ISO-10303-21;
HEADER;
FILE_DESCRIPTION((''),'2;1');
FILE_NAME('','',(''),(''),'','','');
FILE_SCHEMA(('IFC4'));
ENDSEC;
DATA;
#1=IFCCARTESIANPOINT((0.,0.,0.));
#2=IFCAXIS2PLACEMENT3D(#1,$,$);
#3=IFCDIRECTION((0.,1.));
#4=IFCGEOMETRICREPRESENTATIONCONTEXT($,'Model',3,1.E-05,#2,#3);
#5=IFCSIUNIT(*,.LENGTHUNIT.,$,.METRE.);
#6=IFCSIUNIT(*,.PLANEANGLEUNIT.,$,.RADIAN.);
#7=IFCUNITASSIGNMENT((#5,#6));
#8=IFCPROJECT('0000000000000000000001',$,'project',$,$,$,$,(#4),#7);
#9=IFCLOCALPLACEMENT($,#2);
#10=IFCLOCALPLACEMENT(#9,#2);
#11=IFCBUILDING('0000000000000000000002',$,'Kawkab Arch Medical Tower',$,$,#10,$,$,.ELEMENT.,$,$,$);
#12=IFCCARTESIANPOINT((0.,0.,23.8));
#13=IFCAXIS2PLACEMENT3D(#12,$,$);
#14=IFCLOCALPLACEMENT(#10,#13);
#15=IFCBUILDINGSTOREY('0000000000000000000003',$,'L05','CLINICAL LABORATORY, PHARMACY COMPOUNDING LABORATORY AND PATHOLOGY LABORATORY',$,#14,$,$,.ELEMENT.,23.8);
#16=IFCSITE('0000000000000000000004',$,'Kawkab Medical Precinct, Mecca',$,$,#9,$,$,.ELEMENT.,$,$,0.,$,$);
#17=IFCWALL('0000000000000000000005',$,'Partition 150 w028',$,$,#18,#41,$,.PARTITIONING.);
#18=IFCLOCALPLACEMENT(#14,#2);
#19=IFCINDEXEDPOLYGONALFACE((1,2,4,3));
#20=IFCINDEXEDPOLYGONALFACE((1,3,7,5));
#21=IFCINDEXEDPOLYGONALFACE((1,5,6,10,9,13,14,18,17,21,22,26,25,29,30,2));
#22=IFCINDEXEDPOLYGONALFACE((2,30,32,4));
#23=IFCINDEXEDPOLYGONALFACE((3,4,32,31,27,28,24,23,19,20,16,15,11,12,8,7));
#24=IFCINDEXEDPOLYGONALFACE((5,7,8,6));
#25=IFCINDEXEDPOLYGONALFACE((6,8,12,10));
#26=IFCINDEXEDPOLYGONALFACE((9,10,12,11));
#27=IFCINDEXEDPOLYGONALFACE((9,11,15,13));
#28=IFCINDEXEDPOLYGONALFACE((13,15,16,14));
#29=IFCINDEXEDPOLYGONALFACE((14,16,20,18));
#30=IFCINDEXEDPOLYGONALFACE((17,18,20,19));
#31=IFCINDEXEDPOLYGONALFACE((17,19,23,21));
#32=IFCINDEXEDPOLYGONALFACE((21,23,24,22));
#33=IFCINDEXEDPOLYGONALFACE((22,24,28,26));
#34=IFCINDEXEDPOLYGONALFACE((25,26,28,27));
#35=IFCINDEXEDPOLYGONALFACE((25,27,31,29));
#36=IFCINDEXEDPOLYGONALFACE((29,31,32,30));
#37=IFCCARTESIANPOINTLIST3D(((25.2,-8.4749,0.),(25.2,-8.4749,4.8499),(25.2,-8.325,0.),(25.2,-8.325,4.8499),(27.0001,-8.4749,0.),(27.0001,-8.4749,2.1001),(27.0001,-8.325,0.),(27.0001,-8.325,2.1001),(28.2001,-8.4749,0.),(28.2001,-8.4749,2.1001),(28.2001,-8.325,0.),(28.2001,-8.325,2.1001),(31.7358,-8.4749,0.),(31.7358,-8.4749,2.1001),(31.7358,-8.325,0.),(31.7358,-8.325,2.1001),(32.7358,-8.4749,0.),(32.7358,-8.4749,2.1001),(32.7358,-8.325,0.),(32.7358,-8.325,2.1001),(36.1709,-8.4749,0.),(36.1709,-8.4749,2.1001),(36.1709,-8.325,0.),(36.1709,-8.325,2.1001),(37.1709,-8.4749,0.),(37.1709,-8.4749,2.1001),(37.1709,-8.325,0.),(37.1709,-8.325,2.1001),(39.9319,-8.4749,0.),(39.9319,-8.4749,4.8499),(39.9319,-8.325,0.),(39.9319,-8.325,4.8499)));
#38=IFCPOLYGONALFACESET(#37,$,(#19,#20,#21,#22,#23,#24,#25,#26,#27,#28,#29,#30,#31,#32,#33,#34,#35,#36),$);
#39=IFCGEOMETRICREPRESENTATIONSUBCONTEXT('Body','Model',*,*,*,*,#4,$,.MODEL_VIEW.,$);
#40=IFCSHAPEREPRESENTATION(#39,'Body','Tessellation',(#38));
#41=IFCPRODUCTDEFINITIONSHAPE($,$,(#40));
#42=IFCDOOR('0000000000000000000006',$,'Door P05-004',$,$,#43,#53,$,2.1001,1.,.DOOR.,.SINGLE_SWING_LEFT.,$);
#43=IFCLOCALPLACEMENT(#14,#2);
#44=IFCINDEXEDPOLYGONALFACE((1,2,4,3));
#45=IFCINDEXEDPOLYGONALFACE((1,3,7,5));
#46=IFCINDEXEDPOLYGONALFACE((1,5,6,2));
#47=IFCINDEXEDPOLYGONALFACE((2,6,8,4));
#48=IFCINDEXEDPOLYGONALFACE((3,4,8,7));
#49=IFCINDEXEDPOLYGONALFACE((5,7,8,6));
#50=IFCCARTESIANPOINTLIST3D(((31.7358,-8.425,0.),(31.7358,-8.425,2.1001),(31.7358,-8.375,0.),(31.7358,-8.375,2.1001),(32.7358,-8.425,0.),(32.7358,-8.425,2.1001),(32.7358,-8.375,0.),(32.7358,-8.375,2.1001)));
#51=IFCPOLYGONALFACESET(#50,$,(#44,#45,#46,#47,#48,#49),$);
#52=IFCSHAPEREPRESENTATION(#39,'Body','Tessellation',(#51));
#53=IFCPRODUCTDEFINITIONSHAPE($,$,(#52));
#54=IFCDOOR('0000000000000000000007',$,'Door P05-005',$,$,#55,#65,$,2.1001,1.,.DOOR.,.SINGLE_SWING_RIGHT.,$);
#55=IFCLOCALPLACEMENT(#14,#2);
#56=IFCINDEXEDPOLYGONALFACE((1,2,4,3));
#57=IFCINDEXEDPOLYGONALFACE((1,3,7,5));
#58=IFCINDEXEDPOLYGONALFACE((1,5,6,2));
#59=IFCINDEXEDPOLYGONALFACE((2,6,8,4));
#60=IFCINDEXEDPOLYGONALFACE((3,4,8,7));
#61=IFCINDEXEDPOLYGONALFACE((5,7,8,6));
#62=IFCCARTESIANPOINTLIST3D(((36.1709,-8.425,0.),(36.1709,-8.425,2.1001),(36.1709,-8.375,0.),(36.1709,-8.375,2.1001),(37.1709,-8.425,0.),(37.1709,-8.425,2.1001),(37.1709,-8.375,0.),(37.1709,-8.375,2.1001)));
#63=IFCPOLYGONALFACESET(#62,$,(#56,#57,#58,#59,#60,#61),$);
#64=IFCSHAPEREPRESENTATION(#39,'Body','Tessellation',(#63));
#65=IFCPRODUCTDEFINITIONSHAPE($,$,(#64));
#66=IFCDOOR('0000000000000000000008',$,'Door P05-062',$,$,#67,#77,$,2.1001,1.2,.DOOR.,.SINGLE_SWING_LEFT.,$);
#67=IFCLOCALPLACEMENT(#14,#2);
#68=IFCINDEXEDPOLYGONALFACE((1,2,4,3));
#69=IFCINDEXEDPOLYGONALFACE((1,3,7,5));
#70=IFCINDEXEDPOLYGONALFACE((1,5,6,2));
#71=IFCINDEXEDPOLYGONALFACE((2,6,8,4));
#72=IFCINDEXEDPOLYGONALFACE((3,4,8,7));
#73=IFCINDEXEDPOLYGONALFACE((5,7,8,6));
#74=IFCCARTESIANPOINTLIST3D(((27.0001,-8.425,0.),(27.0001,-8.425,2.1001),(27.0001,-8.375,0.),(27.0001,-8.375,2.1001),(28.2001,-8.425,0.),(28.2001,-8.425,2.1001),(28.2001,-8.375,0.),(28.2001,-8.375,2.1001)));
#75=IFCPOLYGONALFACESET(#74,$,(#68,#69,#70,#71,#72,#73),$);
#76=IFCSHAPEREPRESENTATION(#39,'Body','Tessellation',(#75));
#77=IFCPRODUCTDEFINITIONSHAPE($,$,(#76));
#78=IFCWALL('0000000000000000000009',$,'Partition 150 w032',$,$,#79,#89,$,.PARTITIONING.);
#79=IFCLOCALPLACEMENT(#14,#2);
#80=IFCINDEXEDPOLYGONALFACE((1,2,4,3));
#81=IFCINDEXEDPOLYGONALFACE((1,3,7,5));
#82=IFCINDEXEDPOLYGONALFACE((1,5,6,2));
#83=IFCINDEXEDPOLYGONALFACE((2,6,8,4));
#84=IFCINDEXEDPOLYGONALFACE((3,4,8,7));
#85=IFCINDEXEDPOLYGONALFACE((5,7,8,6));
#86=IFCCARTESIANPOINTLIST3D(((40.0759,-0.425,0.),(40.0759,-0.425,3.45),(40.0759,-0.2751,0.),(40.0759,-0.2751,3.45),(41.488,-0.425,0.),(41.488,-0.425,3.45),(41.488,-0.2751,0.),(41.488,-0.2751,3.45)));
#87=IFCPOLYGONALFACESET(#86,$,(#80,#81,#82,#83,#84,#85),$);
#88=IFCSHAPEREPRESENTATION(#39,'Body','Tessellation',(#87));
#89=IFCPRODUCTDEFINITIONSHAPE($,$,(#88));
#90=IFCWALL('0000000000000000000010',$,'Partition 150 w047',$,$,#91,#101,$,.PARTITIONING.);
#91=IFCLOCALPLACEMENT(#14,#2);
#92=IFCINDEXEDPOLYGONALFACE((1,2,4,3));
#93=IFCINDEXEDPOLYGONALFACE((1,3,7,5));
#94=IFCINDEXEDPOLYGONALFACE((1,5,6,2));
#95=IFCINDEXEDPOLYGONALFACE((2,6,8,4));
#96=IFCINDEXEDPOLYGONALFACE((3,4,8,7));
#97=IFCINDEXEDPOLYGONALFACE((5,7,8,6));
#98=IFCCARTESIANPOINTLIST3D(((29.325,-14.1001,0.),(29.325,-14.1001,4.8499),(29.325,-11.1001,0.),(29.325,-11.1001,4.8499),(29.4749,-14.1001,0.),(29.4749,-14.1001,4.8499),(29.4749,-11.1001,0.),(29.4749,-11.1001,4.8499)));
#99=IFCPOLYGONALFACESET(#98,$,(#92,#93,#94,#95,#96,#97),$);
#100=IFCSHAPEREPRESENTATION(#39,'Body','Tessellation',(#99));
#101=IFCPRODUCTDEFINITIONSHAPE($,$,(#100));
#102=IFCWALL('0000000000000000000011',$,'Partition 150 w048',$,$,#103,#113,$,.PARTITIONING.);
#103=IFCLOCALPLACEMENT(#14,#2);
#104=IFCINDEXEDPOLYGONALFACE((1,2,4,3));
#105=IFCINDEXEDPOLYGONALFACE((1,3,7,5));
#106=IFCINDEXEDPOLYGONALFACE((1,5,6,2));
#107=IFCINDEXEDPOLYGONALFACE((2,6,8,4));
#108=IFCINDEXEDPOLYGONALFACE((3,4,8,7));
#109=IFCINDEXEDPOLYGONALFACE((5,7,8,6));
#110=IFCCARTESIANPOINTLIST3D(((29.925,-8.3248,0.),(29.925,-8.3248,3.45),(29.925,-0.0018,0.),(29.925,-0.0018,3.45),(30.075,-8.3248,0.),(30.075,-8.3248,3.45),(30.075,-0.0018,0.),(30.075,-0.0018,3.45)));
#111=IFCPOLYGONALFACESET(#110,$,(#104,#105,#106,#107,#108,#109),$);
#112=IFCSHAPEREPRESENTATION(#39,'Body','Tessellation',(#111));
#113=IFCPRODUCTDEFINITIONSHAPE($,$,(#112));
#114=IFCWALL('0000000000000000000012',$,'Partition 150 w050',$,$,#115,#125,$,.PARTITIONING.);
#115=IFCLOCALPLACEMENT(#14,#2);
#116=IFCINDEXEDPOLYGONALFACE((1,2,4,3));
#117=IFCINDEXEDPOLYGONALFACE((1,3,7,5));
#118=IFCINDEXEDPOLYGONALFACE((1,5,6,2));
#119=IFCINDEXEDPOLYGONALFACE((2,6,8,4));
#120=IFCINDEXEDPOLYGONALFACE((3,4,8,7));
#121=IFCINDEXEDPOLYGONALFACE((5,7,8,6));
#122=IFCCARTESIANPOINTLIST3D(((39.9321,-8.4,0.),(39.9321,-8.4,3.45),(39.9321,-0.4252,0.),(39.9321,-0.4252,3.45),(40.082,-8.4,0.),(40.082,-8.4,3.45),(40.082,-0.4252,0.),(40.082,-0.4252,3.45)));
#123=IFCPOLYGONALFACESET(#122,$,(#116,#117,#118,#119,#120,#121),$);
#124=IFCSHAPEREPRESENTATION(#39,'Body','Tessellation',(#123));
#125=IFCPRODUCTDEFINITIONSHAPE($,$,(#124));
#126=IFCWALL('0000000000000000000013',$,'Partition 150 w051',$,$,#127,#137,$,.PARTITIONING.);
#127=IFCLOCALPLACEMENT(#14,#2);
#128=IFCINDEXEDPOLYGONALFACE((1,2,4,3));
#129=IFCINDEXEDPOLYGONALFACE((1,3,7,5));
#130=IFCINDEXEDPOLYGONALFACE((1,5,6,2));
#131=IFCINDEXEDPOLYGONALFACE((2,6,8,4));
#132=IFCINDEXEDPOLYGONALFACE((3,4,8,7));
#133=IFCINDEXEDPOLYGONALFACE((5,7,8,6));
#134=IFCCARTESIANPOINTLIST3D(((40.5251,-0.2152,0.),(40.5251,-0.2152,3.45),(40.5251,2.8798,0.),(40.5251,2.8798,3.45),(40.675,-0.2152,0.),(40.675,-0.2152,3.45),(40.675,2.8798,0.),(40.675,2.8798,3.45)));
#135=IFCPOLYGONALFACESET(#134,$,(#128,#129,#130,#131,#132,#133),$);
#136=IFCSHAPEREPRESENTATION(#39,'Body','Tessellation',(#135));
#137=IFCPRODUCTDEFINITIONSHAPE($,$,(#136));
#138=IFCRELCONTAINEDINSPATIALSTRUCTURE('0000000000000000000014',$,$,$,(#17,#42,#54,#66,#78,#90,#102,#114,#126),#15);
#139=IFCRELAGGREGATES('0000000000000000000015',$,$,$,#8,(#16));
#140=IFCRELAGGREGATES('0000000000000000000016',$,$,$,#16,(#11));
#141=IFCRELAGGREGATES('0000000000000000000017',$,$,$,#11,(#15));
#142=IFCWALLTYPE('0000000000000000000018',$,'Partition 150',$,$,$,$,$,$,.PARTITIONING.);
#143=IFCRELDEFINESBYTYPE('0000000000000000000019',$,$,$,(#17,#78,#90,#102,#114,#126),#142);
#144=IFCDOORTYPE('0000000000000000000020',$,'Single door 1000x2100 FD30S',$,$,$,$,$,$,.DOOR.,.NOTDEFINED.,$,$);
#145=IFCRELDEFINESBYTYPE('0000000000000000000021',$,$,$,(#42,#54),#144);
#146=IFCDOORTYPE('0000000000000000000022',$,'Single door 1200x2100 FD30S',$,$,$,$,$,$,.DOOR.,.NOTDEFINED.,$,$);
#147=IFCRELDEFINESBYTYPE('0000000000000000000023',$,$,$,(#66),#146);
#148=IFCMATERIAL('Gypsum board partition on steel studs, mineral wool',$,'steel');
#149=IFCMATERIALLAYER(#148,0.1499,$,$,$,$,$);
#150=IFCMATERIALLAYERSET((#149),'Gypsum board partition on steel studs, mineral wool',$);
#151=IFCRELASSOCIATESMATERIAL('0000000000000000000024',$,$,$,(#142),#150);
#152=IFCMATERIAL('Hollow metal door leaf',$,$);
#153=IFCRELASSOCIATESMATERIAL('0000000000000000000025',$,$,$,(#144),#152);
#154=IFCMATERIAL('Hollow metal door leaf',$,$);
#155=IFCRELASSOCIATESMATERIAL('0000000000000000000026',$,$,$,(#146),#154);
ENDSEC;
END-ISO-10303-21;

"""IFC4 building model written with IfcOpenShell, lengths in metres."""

from ifc_helpers import new_model, si_unit, direction, frame, frame_2d, origin, place, context, subcontext, project, spatial, rectangle, extrude, material, layer, layer_set, type_object, element, fill, save


model = new_model("IFC4")

# Units and contexts
model_context = context("Model", 3, precision=1e-05, world=origin(), true_north=direction((0.0, 1.0)))
body_context = subcontext(model_context, "Body", "Model", "MODEL_VIEW")
ifc_project = project(units=[si_unit("LENGTHUNIT", "METRE"), si_unit("PLANEANGLEUNIT", "RADIAN")], contexts=[model_context])

# Site, building, storey
site_placement = place(None, origin())
site = spatial("IfcSite", under=ifc_project, at=site_placement, Name="Kawkab Medical Precinct, Mecca", CompositionType="ELEMENT", RefElevation=0.0)
building_placement = place(site_placement, origin())
building = spatial("IfcBuilding", under=site, at=building_placement, Name="Kawkab Arch Medical Tower", CompositionType="ELEMENT")
storey_placement = place(building_placement, frame((0.0, 0.0, 23.8)))
storey = spatial("IfcBuildingStorey", under=building, at=storey_placement, Name="L05", Description="CLINICAL LABORATORY, PHARMACY COMPOUNDING LABORATORY AND PATHOLOGY LABORATORY", CompositionType="ELEMENT", Elevation=23.8)

# Shared definitions
ifc_material_1 = material(Name="Gypsum board partition on steel studs, mineral wool", Category="steel")
ifc_layer = layer(ifc_material_1, 0.1499)
ifc_layer_set = layer_set([ifc_layer], Name="Gypsum board partition on steel studs, mineral wool")
wall_type = type_object("IfcWallType", Name="Partition 150", PredefinedType="PARTITIONING", material=ifc_layer_set)

# Wall, openings, doors
ifc_material_2 = material(Name="Hollow metal door leaf")
door_type_1 = type_object("IfcDoorType", Name="Single door 1000x2100 FD30S", OperationType="NOTDEFINED", PredefinedType="DOOR", material=ifc_material_2)
wall_1_placement = place(storey_placement, frame((25.2, -8.3999, 0.0), z_axis=(0.0, 0.0, 1.0), x_axis=(1.0, 0.0, 0.0)))
wall_1 = element("IfcWall", 1, at=wall_1_placement, inside=storey, type_object=wall_type, Name="Partition 150 w028", PredefinedType="PARTITIONING", context=body_context, shape_type="SweptSolid", body=[
    extrude(rectangle(XDim=14.7319, YDim=0.1499, at=frame_2d((7.366, 0.0))), origin(), (0.0, 0.0, 1.0), 4.8499),
])
opening_1_placement = place(wall_1_placement, frame((1.8, 0.0, 0.0)))
opening_1 = element("IfcOpeningElement", 2, at=opening_1_placement, cuts=wall_1, PredefinedType="OPENING", context=body_context, shape_type="SweptSolid", body=[
    extrude(rectangle(XDim=1.2, YDim=2.1001, at=frame_2d((0.6001, 1.05))), frame((0.0, 0.085, 0.0), z_axis=(0.0, -1.0, 0.0), x_axis=(1.0, 0.0, 0.0)), (0.0, 0.0, 1.0), 0.1699),
])
opening_2_placement = place(wall_1_placement, frame((6.5359, 0.0, 0.0)))
opening_2 = element("IfcOpeningElement", 3, at=opening_2_placement, cuts=wall_1, PredefinedType="OPENING", context=body_context, shape_type="SweptSolid", body=[
    extrude(rectangle(XDim=1.0, YDim=2.1001, at=frame_2d((0.5, 1.05))), frame((0.0, 0.085, 0.0), z_axis=(0.0, -1.0, 0.0), x_axis=(1.0, 0.0, 0.0)), (0.0, 0.0, 1.0), 0.1699),
])
opening_3_placement = place(wall_1_placement, frame((10.9709, 0.0, 0.0)))
opening_3 = element("IfcOpeningElement", 4, at=opening_3_placement, cuts=wall_1, PredefinedType="OPENING", context=body_context, shape_type="SweptSolid", body=[
    extrude(rectangle(XDim=1.0, YDim=2.1001, at=frame_2d((0.5, 1.05))), frame((0.0, 0.085, 0.0), z_axis=(0.0, -1.0, 0.0), x_axis=(1.0, 0.0, 0.0)), (0.0, 0.0, 1.0), 0.1699),
])
door_1_placement = place(opening_2_placement, origin())
door_1 = element("IfcDoor", 5, at=door_1_placement, inside=storey, type_object=door_type_1, Name="Door P05-004", OperationType="SINGLE_SWING_LEFT", OverallHeight=2.1001, OverallWidth=1.0, PredefinedType="DOOR", context=body_context, shape_type="SweptSolid", body=[
    extrude(rectangle(XDim=1.0, YDim=2.1001, at=frame_2d((0.5, 1.05))), frame((0.0, 0.0249, 0.0), z_axis=(0.0, -1.0, 0.0), x_axis=(1.0, 0.0, 0.0)), (0.0, 0.0, 1.0), 0.05),
])
fill(opening_2, door_1)
door_2_placement = place(opening_3_placement, origin())
door_2 = element("IfcDoor", 6, at=door_2_placement, inside=storey, type_object=door_type_1, Name="Door P05-005", OperationType="SINGLE_SWING_RIGHT", OverallHeight=2.1001, OverallWidth=1.0, PredefinedType="DOOR", context=body_context, shape_type="SweptSolid", body=[
    extrude(rectangle(XDim=1.0, YDim=2.1001, at=frame_2d((0.5, 1.05))), frame((0.0, 0.0249, 0.0), z_axis=(0.0, -1.0, 0.0), x_axis=(1.0, 0.0, 0.0)), (0.0, 0.0, 1.0), 0.05),
])
fill(opening_3, door_2)
ifc_material_3 = material(Name="Hollow metal door leaf")
door_type_2 = type_object("IfcDoorType", Name="Single door 1200x2100 FD30S", OperationType="NOTDEFINED", PredefinedType="DOOR", material=ifc_material_3)
door_3_placement = place(opening_1_placement, origin())
door_3 = element("IfcDoor", 7, at=door_3_placement, inside=storey, type_object=door_type_2, Name="Door P05-062", OperationType="SINGLE_SWING_LEFT", OverallHeight=2.1001, OverallWidth=1.2, PredefinedType="DOOR", context=body_context, shape_type="SweptSolid", body=[
    extrude(rectangle(XDim=1.2, YDim=2.1001, at=frame_2d((0.6001, 1.05))), frame((0.0, 0.0249, 0.0), z_axis=(0.0, -1.0, 0.0), x_axis=(1.0, 0.0, 0.0)), (0.0, 0.0, 1.0), 0.05),
])
fill(opening_1, door_3)

# Walls
wall_2_placement = place(storey_placement, frame((40.0759, -0.3501, 0.0), z_axis=(0.0, 0.0, 1.0), x_axis=(1.0, 0.0, 0.0)))
element("IfcWall", 8, at=wall_2_placement, inside=storey, type_object=wall_type, Name="Partition 150 w032", PredefinedType="PARTITIONING", context=body_context, shape_type="SweptSolid", body=[
    extrude(rectangle(XDim=1.4121, YDim=0.1499, at=frame_2d((0.7061, 0.0))), origin(), (0.0, 0.0, 1.0), 3.45),
])
wall_3_placement = place(storey_placement, frame((29.3999, -14.1001, 0.0), z_axis=(0.0, 0.0, 1.0), x_axis=(0.0, 1.0, 0.0)))
element("IfcWall", 9, at=wall_3_placement, inside=storey, type_object=wall_type, Name="Partition 150 w047", PredefinedType="PARTITIONING", context=body_context, shape_type="SweptSolid", body=[
    extrude(rectangle(XDim=3.0, YDim=0.1499, at=frame_2d((1.5, 0.0))), origin(), (0.0, 0.0, 1.0), 4.8499),
])
wall_4_placement = place(storey_placement, frame((30.0, -8.325, 0.0), z_axis=(0.0, 0.0, 1.0), x_axis=(0.0, 1.0, 0.0)))
element("IfcWall", 10, at=wall_4_placement, inside=storey, type_object=wall_type, Name="Partition 150 w048", PredefinedType="PARTITIONING", context=body_context, shape_type="SweptSolid", body=[
    extrude(rectangle(XDim=8.323, YDim=0.1499, at=frame_2d((4.1616, 0.0))), origin(), (0.0, 0.0, 1.0), 3.45),
])
wall_5_placement = place(storey_placement, frame((40.0071, -8.3999, 0.0), z_axis=(0.0, 0.0, 1.0), x_axis=(0.0, 1.0, 0.0)))
element("IfcWall", 11, at=wall_5_placement, inside=storey, type_object=wall_type, Name="Partition 150 w050", PredefinedType="PARTITIONING", context=body_context, shape_type="SweptSolid", body=[
    extrude(rectangle(XDim=7.9749, YDim=0.1499, at=frame_2d((3.9873, 0.0))), origin(), (0.0, 0.0, 1.0), 3.45),
])
wall_6_placement = place(storey_placement, frame((40.6001, -0.2151, 0.0), z_axis=(0.0, 0.0, 1.0), x_axis=(0.0, 1.0, 0.0)))
element("IfcWall", 12, at=wall_6_placement, inside=storey, type_object=wall_type, Name="Partition 150 w051", PredefinedType="PARTITIONING", context=body_context, shape_type="SweptSolid", body=[
    extrude(rectangle(XDim=3.095, YDim=0.1499, at=frame_2d((1.5474, 0.0))), origin(), (0.0, 0.0, 1.0), 3.45),
])

save(model, "model.ifc")
